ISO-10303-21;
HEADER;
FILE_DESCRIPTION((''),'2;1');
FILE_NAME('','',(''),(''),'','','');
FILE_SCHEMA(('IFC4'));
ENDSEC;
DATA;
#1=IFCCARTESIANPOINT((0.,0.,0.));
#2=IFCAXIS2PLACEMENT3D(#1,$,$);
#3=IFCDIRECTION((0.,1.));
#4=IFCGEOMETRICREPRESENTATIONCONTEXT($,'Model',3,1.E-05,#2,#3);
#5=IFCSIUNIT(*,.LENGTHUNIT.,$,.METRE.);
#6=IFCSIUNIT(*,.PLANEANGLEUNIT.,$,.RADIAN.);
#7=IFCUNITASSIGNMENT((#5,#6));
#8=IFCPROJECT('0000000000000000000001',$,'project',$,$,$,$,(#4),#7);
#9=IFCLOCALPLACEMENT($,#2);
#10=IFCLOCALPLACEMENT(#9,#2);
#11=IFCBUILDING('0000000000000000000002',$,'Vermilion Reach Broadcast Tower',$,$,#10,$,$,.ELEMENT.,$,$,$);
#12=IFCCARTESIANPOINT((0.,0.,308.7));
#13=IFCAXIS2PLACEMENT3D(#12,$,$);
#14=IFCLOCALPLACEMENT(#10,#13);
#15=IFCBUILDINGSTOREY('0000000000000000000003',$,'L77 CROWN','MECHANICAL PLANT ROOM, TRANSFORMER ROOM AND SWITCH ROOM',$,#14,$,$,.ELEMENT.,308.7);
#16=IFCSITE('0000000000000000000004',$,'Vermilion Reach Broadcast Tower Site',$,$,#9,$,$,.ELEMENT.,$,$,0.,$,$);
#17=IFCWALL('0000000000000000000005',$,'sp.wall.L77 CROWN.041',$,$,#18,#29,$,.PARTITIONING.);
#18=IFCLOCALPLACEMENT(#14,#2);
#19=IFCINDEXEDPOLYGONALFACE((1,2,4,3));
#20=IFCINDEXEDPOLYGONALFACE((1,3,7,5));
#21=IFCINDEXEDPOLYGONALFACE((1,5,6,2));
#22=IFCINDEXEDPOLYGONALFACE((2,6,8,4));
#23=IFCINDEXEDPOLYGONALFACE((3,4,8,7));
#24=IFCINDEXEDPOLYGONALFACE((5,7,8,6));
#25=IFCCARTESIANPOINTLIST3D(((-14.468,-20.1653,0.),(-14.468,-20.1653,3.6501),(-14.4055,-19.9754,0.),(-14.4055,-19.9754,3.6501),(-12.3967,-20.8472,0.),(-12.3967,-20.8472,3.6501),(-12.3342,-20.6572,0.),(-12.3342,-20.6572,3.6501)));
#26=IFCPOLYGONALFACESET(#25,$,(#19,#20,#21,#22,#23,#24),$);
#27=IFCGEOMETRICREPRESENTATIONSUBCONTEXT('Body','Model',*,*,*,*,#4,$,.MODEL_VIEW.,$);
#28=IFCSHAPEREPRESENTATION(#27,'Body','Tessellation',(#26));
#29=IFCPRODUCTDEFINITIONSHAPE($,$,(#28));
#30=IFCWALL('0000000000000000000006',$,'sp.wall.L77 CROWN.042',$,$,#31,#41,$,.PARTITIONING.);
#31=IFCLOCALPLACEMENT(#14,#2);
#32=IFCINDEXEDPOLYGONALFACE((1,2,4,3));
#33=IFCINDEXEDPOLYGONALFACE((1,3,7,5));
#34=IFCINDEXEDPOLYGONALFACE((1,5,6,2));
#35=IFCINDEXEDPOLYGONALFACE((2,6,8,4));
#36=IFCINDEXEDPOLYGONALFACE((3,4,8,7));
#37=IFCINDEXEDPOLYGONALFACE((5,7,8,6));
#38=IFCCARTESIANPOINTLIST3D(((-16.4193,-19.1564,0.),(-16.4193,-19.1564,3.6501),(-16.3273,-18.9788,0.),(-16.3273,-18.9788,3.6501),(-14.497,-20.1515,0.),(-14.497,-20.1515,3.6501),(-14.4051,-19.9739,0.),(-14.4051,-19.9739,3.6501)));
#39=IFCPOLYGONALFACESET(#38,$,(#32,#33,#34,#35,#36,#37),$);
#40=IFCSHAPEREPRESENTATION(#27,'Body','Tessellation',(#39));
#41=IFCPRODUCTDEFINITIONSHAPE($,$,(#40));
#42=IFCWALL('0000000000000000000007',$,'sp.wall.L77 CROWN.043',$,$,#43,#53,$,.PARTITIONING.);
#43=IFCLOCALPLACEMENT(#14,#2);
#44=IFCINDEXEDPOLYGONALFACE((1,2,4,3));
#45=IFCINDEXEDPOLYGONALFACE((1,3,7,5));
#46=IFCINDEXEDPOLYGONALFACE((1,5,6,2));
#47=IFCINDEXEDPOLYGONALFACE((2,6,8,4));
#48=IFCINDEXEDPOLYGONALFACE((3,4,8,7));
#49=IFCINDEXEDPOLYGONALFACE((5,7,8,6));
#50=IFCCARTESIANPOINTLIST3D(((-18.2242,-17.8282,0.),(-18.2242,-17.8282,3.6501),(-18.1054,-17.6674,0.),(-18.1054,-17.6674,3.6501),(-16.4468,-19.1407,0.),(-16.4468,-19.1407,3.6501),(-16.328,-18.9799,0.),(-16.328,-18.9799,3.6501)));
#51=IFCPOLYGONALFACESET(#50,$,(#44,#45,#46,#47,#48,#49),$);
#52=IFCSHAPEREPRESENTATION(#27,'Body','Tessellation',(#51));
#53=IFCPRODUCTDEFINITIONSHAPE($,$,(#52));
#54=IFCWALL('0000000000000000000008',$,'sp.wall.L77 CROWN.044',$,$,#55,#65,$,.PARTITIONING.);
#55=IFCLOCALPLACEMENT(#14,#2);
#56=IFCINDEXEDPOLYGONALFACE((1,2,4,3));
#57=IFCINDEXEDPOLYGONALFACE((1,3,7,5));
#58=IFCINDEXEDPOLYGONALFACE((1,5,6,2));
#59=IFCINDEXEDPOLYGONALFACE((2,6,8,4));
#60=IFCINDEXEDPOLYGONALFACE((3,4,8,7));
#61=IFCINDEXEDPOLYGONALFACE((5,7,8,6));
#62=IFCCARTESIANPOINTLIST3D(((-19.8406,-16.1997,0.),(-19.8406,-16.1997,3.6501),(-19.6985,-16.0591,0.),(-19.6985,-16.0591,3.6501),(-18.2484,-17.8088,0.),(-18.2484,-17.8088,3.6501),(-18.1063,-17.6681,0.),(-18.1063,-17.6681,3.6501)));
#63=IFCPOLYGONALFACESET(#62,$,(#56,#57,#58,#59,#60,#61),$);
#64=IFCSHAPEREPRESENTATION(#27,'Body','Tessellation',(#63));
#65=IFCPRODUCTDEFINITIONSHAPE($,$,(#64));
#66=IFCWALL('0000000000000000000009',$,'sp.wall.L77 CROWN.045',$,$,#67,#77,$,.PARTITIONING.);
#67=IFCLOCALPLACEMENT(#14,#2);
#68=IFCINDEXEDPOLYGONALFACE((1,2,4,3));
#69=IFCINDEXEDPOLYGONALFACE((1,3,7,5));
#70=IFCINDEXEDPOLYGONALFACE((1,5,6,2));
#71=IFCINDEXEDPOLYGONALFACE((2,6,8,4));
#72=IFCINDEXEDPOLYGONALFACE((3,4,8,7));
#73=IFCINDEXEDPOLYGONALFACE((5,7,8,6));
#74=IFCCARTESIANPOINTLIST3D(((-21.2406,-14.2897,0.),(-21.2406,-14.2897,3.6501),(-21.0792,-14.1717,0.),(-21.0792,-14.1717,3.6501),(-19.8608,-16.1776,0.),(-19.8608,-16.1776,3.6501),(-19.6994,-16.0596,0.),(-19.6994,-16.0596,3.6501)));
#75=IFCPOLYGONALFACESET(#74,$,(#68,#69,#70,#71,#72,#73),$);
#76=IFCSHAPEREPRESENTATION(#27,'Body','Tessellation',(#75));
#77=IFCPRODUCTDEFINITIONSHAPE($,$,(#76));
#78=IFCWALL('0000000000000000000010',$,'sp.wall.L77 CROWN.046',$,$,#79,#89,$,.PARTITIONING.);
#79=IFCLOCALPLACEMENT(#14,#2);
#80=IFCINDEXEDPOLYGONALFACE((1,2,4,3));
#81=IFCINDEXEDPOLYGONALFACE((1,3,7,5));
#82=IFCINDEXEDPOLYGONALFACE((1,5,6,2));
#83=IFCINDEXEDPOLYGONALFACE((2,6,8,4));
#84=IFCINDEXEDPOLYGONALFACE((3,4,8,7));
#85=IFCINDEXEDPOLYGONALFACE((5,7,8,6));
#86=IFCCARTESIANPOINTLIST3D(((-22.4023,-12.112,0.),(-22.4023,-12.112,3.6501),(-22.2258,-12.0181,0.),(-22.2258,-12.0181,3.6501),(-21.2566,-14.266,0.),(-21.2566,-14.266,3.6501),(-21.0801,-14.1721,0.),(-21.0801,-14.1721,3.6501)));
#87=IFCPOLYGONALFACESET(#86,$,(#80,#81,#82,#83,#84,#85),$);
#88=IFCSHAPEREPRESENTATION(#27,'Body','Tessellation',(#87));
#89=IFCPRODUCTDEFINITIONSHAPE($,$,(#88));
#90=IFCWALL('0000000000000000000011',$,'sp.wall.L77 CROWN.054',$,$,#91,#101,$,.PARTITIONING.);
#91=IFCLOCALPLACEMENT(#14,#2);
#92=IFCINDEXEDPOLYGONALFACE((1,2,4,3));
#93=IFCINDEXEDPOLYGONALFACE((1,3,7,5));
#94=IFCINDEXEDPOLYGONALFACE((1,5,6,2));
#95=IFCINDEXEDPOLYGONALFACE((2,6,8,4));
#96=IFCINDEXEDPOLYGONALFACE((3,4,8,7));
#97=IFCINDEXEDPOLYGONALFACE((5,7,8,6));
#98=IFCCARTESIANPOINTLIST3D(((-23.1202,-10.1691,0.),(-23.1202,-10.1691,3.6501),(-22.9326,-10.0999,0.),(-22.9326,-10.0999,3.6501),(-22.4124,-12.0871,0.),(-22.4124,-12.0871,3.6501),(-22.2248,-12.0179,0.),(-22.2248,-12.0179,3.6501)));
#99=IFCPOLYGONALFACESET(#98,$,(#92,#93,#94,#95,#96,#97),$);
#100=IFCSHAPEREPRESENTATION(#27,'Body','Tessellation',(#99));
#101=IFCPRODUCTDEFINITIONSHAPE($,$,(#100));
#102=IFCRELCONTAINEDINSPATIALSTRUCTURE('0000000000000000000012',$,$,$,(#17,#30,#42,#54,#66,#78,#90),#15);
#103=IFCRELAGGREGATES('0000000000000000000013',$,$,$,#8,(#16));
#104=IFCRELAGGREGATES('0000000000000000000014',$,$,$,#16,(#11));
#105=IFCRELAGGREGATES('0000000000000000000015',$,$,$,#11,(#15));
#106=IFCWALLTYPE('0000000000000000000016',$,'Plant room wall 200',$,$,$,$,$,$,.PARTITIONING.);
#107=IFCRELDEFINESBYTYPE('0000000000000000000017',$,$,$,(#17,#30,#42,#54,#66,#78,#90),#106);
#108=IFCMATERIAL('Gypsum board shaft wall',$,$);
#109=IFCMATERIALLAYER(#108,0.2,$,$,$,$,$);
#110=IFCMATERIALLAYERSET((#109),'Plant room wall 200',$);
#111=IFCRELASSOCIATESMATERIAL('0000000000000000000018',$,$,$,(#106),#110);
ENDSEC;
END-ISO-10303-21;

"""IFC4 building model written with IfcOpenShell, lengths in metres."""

from ifc_helpers import new_model, si_unit, direction, frame, frame_2d, origin, place, context, subcontext, project, spatial, rectangle, extrude, material, layer, layer_set, type_object, element, save


model = new_model("IFC4")

# Units and contexts
model_context = context("Model", 3, precision=1e-05, world=origin(), true_north=direction((0.0, 1.0)))
body_context = subcontext(model_context, "Body", "Model", "MODEL_VIEW")
ifc_project = project(units=[si_unit("LENGTHUNIT", "METRE"), si_unit("PLANEANGLEUNIT", "RADIAN")], contexts=[model_context])

# Site, building, storey
site_placement = place(None, origin())
site = spatial("IfcSite", under=ifc_project, at=site_placement, Name="Vermilion Reach Broadcast Tower Site", CompositionType="ELEMENT", RefElevation=0.0)
building_placement = place(site_placement, origin())
building = spatial("IfcBuilding", under=site, at=building_placement, Name="Vermilion Reach Broadcast Tower", CompositionType="ELEMENT")
storey_placement = place(building_placement, frame((0.0, 0.0, 308.7)))
storey = spatial("IfcBuildingStorey", under=building, at=storey_placement, Name="L77 CROWN", Description="MECHANICAL PLANT ROOM, TRANSFORMER ROOM AND SWITCH ROOM", CompositionType="ELEMENT", Elevation=308.7)

# Walls
ifc_material_1 = material(Name="Gypsum board shaft wall")
ifc_layer_1 = layer(ifc_material_1, 0.2)
ifc_layer_set_1 = layer_set([ifc_layer_1], Name="Plant room wall 200")
wall_type_1 = type_object("IfcWallType", Name="Plant room wall 200", PredefinedType="PARTITIONING", material=ifc_layer_set_1)
wall_1_placement = place(storey_placement, frame((-14.4368, -20.0703, 0.0), z_axis=(0.0, 0.0, 1.0), x_axis=(0.949852, -0.312699, 0.0)))
element("IfcWall", 1, at=wall_1_placement, inside=storey, type_object=wall_type_1, Name="sp.wall.L77 CROWN.041", PredefinedType="PARTITIONING", context=body_context, shape_type="SweptSolid", body=[
    extrude(rectangle(XDim=2.1807, YDim=0.2, at=frame_2d((1.0903, 0.0))), origin(), (0.0, 0.0, 1.0), 3.6501),
])
wall_2_placement = place(storey_placement, frame((-16.3733, -19.0676, 0.0), z_axis=(0.0, 0.0, 1.0), x_axis=(0.888068, -0.459711, 0.0)))
element("IfcWall", 2, at=wall_2_placement, inside=storey, type_object=wall_type_1, Name="sp.wall.L77 CROWN.042", PredefinedType="PARTITIONING", context=body_context, shape_type="SweptSolid", body=[
    extrude(rectangle(XDim=2.1646, YDim=0.2, at=frame_2d((1.0823, 0.0))), origin(), (0.0, 0.0, 1.0), 3.6501),
])
wall_3_placement = place(storey_placement, frame((-18.1648, -17.7478, 0.0), z_axis=(0.0, 0.0, 1.0), x_axis=(0.804433, -0.594043, 0.0)))
element("IfcWall", 3, at=wall_3_placement, inside=storey, type_object=wall_type_1, Name="sp.wall.L77 CROWN.043", PredefinedType="PARTITIONING", context=body_context, shape_type="SweptSolid", body=[
    extrude(rectangle(XDim=2.2095, YDim=0.2, at=frame_2d((1.1047, 0.0))), origin(), (0.0, 0.0, 1.0), 3.6501),
])
wall_4_placement = place(storey_placement, frame((-19.7695, -16.1294, 0.0), z_axis=(0.0, 0.0, 1.0), x_axis=(0.703376, -0.710818, 0.0)))
element("IfcWall", 4, at=wall_4_placement, inside=storey, type_object=wall_type_1, Name="sp.wall.L77 CROWN.044", PredefinedType="PARTITIONING", context=body_context, shape_type="SweptSolid", body=[
    extrude(rectangle(XDim=2.2637, YDim=0.2, at=frame_2d((1.1318, 0.0))), origin(), (0.0, 0.0, 1.0), 3.6501),
])
wall_5_placement = place(storey_placement, frame((-21.1599, -14.2307, 0.0), z_axis=(0.0, 0.0, 1.0), x_axis=(0.590082, -0.807343, 0.0)))
element("IfcWall", 5, at=wall_5_placement, inside=storey, type_object=wall_type_1, Name="sp.wall.L77 CROWN.045", PredefinedType="PARTITIONING", context=body_context, shape_type="SweptSolid", body=[
    extrude(rectangle(XDim=2.3384, YDim=0.2, at=frame_2d((1.1692, 0.0))), origin(), (0.0, 0.0, 1.0), 3.6501),
])
wall_6_placement = place(storey_placement, frame((-22.314, -12.0652, 0.0), z_axis=(0.0, 0.0, 1.0), x_axis=(0.469606, -0.882876, 0.0)))
element("IfcWall", 6, at=wall_6_placement, inside=storey, type_object=wall_type_1, Name="sp.wall.L77 CROWN.046", PredefinedType="PARTITIONING", context=body_context, shape_type="SweptSolid", body=[
    extrude(rectangle(XDim=2.4397, YDim=0.2, at=frame_2d((1.2197, 0.0))), origin(), (0.0, 0.0, 1.0), 3.6501),
])
wall_7_placement = place(storey_placement, frame((-23.0264, -10.1345, 0.0), z_axis=(0.0, 0.0, 1.0), x_axis=(0.346198, -0.938162, 0.0)))
element("IfcWall", 7, at=wall_7_placement, inside=storey, type_object=wall_type_1, Name="sp.wall.L77 CROWN.054", PredefinedType="PARTITIONING", context=body_context, shape_type="SweptSolid", body=[
    extrude(rectangle(XDim=2.0444, YDim=0.2, at=frame_2d((1.0222, 0.0))), origin(), (0.0, 0.0, 1.0), 3.6501),
])

save(model, "model.ifc")
